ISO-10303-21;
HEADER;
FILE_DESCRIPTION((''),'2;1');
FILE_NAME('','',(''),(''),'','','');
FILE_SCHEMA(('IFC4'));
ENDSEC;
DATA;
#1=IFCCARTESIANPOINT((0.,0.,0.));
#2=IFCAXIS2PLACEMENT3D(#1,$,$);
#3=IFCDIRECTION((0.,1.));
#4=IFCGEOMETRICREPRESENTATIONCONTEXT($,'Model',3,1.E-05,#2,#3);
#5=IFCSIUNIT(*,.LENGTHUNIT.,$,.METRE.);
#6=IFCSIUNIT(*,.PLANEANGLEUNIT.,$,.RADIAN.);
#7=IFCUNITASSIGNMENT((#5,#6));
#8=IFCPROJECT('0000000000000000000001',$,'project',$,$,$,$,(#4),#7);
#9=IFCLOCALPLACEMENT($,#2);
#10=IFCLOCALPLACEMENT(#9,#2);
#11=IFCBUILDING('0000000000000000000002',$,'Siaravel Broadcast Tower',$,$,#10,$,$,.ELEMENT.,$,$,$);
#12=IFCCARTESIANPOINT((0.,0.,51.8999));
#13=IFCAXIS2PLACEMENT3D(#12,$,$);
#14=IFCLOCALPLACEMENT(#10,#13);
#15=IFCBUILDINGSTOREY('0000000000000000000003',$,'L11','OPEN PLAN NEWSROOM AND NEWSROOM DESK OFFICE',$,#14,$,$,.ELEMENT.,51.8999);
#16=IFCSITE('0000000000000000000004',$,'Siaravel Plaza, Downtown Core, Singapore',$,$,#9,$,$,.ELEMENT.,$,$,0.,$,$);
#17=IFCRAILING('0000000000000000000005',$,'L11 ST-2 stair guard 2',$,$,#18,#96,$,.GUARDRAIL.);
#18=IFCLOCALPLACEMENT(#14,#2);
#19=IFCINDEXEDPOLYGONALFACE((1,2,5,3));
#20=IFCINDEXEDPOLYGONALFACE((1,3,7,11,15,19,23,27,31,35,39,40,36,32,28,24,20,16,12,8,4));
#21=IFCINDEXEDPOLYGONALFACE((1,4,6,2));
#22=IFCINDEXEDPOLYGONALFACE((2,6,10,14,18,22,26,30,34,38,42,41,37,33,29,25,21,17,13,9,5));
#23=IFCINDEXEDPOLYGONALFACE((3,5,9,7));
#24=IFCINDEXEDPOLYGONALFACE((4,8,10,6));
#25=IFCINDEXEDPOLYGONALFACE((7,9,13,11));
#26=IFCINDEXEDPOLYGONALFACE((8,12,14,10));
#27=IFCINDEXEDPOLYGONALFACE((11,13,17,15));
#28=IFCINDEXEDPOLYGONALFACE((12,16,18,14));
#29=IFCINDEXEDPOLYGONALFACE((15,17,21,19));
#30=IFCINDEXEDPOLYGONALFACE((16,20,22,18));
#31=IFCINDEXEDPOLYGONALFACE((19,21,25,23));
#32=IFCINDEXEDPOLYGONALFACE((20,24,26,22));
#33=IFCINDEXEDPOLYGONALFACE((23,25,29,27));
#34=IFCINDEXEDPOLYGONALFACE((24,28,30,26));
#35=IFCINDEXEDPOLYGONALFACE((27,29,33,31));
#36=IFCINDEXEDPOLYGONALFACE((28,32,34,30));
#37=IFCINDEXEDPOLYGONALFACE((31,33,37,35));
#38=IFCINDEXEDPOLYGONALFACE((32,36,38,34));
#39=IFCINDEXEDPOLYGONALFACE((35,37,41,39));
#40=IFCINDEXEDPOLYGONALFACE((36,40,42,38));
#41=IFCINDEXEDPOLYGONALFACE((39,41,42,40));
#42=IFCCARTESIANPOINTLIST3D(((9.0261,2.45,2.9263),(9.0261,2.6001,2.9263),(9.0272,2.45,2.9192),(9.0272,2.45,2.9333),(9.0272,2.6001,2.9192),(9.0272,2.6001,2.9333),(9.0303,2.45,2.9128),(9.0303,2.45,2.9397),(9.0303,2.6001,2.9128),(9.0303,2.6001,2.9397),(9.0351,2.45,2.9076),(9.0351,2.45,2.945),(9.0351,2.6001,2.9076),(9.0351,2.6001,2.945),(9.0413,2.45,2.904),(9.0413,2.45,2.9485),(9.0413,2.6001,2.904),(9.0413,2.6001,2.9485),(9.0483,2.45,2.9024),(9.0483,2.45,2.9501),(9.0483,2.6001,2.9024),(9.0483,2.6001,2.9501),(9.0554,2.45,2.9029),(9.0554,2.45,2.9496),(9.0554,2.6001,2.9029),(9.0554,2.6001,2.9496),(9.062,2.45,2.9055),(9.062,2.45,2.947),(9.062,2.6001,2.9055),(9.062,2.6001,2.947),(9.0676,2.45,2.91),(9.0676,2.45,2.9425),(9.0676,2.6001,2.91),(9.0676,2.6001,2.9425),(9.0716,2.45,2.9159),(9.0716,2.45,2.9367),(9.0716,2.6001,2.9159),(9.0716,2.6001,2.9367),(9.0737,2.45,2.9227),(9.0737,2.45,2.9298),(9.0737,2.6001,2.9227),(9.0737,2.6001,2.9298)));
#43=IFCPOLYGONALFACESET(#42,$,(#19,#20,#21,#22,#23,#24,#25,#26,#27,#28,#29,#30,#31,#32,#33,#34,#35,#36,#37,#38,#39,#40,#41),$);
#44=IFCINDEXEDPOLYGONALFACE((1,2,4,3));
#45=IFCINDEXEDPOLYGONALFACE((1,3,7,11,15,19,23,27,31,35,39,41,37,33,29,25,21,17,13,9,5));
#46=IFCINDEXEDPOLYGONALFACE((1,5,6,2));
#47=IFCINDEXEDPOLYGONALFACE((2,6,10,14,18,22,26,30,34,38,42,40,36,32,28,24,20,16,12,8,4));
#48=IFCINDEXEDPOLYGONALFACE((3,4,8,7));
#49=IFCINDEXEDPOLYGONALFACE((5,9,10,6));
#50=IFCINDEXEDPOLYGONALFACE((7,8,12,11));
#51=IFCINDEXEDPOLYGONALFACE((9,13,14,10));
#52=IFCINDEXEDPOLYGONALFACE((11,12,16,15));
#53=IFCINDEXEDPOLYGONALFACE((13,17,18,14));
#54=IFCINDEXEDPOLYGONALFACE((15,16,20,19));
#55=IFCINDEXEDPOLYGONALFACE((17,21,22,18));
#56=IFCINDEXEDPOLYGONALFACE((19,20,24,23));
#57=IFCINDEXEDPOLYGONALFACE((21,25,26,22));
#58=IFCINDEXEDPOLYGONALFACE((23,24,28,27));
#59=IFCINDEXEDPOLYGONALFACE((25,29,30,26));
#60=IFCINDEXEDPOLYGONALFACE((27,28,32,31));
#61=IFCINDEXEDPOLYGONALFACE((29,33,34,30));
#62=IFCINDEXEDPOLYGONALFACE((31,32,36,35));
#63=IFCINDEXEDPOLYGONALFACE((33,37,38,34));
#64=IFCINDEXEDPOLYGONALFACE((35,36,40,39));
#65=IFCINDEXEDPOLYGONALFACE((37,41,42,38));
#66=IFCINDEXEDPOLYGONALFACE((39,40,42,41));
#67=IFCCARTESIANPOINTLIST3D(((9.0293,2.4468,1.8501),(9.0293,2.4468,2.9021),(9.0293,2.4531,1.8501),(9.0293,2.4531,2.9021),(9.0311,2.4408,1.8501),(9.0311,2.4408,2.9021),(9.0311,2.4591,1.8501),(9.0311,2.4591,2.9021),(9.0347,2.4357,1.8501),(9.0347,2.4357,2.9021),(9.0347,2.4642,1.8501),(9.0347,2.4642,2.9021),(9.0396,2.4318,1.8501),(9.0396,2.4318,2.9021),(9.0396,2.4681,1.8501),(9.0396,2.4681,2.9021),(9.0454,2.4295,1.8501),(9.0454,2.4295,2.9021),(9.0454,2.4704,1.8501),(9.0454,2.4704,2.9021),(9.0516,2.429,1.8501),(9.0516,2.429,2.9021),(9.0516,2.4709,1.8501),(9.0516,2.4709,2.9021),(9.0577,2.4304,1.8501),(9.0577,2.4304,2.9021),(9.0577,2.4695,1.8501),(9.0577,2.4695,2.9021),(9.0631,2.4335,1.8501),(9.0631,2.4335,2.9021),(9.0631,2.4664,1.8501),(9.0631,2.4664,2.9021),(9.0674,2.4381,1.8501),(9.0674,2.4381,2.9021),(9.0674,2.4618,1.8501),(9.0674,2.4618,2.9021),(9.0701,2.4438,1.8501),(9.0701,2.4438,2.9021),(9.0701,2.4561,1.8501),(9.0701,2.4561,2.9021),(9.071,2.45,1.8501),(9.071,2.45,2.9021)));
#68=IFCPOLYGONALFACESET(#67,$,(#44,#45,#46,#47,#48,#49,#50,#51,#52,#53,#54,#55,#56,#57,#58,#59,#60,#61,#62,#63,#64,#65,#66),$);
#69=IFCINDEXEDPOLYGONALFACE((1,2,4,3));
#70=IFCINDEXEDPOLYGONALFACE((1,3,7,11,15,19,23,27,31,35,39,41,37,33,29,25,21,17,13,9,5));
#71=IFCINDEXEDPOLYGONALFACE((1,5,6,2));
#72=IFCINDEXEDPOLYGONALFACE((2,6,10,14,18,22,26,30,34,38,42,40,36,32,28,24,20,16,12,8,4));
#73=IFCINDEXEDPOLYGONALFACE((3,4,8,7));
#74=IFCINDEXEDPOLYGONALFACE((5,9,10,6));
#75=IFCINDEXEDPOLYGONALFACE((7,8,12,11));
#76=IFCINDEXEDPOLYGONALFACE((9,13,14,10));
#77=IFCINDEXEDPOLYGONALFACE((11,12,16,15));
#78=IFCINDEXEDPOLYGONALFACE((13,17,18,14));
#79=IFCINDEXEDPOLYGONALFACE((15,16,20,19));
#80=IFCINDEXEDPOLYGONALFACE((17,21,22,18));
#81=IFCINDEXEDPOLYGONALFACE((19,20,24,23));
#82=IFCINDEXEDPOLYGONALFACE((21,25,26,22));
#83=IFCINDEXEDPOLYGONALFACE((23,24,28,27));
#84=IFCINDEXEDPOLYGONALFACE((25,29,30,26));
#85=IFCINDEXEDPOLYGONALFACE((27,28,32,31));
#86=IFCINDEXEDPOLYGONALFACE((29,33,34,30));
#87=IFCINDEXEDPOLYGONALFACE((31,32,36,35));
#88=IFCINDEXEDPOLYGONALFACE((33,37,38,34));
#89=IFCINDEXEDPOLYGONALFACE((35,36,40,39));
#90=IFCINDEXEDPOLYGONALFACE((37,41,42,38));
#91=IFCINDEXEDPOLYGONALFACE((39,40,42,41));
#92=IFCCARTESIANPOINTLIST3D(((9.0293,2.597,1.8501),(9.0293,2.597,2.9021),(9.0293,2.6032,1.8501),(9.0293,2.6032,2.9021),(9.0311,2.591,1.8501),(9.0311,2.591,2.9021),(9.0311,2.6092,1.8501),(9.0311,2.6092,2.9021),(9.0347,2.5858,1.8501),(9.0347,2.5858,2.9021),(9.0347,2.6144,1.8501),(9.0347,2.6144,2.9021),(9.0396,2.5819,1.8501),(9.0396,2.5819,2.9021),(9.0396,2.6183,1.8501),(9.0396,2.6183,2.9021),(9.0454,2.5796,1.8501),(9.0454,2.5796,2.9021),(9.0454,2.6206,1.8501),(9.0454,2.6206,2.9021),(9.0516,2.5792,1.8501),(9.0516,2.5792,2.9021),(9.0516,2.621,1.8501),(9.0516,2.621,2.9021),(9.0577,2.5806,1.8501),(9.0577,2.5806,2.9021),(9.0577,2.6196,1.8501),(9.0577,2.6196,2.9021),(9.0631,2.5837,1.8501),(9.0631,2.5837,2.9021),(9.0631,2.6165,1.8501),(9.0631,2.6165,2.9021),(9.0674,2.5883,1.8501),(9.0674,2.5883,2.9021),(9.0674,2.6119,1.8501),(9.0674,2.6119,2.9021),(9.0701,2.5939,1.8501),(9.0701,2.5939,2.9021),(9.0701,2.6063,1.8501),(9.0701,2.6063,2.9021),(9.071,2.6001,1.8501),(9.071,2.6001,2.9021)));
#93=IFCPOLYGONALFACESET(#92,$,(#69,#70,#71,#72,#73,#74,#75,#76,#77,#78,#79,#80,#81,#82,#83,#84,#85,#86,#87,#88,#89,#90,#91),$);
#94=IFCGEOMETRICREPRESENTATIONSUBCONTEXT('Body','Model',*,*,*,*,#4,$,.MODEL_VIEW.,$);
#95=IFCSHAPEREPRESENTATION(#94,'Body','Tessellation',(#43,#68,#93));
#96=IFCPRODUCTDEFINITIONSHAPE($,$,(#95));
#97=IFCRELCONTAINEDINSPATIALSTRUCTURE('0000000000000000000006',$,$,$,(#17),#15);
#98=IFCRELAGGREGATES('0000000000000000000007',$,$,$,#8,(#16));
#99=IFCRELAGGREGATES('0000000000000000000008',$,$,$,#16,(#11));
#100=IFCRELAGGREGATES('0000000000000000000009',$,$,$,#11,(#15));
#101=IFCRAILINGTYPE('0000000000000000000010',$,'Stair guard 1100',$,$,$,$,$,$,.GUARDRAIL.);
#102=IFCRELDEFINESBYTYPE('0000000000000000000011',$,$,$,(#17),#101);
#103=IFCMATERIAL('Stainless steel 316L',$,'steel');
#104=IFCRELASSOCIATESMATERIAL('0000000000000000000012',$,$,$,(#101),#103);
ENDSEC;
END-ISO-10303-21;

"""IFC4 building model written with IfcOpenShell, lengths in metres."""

from ifc_helpers import new_model, si_unit, direction, frame, origin, origin_2d, place, context, subcontext, project, spatial, circle, extrude, material, type_object, element, save


model = new_model("IFC4")

# Units and contexts
model_context = context("Model", 3, precision=1e-05, world=origin(), true_north=direction((0.0, 1.0)))
body_context = subcontext(model_context, "Body", "Model", "MODEL_VIEW")
ifc_project = project(units=[si_unit("LENGTHUNIT", "METRE"), si_unit("PLANEANGLEUNIT", "RADIAN")], contexts=[model_context])

# Site, building, storey
site_placement = place(None, origin())
site = spatial("IfcSite", under=ifc_project, at=site_placement, Name="Siaravel Plaza, Downtown Core, Singapore", CompositionType="ELEMENT", RefElevation=0.0)
building_placement = place(site_placement, origin())
building = spatial("IfcBuilding", under=site, at=building_placement, Name="Siaravel Broadcast Tower", CompositionType="ELEMENT")
storey_placement = place(building_placement, frame((0.0, 0.0, 51.8999)))
storey = spatial("IfcBuildingStorey", under=building, at=storey_placement, Name="L11", Description="OPEN PLAN NEWSROOM AND NEWSROOM DESK OFFICE", CompositionType="ELEMENT", Elevation=51.8999)

# Railing
ifc_material_1 = material(Name="Stainless steel 316L", Category="steel")
railing_type_1 = type_object("IfcRailingType", Name="Stair guard 1100", PredefinedType="GUARDRAIL", material=ifc_material_1)
railing_1_placement = place(storey_placement, frame((9.05, 2.45, 1.8501)))
element("IfcRailing", 1, at=railing_1_placement, inside=storey, type_object=railing_type_1, Name="L11 ST-2 stair guard 2", PredefinedType="GUARDRAIL", context=body_context, shape_type="SweptSolid", body=[
    extrude(circle(Radius=0.0239, at=origin_2d()), frame((0.0, 0.0, 1.0762), z_axis=(0.0, 1.0, 0.0), x_axis=(-1.0, 0.0, 0.0)), (0.0, 0.0, 1.0), 0.1501),
    extrude(circle(Radius=0.021, at=origin_2d()), origin(), (0.0, 0.0, 1.0), 1.052),
    extrude(circle(Radius=0.021, at=origin_2d()), frame((0.0, 0.1501, 0.0)), (0.0, 0.0, 1.0), 1.052),
])

save(model, "model.ifc")
